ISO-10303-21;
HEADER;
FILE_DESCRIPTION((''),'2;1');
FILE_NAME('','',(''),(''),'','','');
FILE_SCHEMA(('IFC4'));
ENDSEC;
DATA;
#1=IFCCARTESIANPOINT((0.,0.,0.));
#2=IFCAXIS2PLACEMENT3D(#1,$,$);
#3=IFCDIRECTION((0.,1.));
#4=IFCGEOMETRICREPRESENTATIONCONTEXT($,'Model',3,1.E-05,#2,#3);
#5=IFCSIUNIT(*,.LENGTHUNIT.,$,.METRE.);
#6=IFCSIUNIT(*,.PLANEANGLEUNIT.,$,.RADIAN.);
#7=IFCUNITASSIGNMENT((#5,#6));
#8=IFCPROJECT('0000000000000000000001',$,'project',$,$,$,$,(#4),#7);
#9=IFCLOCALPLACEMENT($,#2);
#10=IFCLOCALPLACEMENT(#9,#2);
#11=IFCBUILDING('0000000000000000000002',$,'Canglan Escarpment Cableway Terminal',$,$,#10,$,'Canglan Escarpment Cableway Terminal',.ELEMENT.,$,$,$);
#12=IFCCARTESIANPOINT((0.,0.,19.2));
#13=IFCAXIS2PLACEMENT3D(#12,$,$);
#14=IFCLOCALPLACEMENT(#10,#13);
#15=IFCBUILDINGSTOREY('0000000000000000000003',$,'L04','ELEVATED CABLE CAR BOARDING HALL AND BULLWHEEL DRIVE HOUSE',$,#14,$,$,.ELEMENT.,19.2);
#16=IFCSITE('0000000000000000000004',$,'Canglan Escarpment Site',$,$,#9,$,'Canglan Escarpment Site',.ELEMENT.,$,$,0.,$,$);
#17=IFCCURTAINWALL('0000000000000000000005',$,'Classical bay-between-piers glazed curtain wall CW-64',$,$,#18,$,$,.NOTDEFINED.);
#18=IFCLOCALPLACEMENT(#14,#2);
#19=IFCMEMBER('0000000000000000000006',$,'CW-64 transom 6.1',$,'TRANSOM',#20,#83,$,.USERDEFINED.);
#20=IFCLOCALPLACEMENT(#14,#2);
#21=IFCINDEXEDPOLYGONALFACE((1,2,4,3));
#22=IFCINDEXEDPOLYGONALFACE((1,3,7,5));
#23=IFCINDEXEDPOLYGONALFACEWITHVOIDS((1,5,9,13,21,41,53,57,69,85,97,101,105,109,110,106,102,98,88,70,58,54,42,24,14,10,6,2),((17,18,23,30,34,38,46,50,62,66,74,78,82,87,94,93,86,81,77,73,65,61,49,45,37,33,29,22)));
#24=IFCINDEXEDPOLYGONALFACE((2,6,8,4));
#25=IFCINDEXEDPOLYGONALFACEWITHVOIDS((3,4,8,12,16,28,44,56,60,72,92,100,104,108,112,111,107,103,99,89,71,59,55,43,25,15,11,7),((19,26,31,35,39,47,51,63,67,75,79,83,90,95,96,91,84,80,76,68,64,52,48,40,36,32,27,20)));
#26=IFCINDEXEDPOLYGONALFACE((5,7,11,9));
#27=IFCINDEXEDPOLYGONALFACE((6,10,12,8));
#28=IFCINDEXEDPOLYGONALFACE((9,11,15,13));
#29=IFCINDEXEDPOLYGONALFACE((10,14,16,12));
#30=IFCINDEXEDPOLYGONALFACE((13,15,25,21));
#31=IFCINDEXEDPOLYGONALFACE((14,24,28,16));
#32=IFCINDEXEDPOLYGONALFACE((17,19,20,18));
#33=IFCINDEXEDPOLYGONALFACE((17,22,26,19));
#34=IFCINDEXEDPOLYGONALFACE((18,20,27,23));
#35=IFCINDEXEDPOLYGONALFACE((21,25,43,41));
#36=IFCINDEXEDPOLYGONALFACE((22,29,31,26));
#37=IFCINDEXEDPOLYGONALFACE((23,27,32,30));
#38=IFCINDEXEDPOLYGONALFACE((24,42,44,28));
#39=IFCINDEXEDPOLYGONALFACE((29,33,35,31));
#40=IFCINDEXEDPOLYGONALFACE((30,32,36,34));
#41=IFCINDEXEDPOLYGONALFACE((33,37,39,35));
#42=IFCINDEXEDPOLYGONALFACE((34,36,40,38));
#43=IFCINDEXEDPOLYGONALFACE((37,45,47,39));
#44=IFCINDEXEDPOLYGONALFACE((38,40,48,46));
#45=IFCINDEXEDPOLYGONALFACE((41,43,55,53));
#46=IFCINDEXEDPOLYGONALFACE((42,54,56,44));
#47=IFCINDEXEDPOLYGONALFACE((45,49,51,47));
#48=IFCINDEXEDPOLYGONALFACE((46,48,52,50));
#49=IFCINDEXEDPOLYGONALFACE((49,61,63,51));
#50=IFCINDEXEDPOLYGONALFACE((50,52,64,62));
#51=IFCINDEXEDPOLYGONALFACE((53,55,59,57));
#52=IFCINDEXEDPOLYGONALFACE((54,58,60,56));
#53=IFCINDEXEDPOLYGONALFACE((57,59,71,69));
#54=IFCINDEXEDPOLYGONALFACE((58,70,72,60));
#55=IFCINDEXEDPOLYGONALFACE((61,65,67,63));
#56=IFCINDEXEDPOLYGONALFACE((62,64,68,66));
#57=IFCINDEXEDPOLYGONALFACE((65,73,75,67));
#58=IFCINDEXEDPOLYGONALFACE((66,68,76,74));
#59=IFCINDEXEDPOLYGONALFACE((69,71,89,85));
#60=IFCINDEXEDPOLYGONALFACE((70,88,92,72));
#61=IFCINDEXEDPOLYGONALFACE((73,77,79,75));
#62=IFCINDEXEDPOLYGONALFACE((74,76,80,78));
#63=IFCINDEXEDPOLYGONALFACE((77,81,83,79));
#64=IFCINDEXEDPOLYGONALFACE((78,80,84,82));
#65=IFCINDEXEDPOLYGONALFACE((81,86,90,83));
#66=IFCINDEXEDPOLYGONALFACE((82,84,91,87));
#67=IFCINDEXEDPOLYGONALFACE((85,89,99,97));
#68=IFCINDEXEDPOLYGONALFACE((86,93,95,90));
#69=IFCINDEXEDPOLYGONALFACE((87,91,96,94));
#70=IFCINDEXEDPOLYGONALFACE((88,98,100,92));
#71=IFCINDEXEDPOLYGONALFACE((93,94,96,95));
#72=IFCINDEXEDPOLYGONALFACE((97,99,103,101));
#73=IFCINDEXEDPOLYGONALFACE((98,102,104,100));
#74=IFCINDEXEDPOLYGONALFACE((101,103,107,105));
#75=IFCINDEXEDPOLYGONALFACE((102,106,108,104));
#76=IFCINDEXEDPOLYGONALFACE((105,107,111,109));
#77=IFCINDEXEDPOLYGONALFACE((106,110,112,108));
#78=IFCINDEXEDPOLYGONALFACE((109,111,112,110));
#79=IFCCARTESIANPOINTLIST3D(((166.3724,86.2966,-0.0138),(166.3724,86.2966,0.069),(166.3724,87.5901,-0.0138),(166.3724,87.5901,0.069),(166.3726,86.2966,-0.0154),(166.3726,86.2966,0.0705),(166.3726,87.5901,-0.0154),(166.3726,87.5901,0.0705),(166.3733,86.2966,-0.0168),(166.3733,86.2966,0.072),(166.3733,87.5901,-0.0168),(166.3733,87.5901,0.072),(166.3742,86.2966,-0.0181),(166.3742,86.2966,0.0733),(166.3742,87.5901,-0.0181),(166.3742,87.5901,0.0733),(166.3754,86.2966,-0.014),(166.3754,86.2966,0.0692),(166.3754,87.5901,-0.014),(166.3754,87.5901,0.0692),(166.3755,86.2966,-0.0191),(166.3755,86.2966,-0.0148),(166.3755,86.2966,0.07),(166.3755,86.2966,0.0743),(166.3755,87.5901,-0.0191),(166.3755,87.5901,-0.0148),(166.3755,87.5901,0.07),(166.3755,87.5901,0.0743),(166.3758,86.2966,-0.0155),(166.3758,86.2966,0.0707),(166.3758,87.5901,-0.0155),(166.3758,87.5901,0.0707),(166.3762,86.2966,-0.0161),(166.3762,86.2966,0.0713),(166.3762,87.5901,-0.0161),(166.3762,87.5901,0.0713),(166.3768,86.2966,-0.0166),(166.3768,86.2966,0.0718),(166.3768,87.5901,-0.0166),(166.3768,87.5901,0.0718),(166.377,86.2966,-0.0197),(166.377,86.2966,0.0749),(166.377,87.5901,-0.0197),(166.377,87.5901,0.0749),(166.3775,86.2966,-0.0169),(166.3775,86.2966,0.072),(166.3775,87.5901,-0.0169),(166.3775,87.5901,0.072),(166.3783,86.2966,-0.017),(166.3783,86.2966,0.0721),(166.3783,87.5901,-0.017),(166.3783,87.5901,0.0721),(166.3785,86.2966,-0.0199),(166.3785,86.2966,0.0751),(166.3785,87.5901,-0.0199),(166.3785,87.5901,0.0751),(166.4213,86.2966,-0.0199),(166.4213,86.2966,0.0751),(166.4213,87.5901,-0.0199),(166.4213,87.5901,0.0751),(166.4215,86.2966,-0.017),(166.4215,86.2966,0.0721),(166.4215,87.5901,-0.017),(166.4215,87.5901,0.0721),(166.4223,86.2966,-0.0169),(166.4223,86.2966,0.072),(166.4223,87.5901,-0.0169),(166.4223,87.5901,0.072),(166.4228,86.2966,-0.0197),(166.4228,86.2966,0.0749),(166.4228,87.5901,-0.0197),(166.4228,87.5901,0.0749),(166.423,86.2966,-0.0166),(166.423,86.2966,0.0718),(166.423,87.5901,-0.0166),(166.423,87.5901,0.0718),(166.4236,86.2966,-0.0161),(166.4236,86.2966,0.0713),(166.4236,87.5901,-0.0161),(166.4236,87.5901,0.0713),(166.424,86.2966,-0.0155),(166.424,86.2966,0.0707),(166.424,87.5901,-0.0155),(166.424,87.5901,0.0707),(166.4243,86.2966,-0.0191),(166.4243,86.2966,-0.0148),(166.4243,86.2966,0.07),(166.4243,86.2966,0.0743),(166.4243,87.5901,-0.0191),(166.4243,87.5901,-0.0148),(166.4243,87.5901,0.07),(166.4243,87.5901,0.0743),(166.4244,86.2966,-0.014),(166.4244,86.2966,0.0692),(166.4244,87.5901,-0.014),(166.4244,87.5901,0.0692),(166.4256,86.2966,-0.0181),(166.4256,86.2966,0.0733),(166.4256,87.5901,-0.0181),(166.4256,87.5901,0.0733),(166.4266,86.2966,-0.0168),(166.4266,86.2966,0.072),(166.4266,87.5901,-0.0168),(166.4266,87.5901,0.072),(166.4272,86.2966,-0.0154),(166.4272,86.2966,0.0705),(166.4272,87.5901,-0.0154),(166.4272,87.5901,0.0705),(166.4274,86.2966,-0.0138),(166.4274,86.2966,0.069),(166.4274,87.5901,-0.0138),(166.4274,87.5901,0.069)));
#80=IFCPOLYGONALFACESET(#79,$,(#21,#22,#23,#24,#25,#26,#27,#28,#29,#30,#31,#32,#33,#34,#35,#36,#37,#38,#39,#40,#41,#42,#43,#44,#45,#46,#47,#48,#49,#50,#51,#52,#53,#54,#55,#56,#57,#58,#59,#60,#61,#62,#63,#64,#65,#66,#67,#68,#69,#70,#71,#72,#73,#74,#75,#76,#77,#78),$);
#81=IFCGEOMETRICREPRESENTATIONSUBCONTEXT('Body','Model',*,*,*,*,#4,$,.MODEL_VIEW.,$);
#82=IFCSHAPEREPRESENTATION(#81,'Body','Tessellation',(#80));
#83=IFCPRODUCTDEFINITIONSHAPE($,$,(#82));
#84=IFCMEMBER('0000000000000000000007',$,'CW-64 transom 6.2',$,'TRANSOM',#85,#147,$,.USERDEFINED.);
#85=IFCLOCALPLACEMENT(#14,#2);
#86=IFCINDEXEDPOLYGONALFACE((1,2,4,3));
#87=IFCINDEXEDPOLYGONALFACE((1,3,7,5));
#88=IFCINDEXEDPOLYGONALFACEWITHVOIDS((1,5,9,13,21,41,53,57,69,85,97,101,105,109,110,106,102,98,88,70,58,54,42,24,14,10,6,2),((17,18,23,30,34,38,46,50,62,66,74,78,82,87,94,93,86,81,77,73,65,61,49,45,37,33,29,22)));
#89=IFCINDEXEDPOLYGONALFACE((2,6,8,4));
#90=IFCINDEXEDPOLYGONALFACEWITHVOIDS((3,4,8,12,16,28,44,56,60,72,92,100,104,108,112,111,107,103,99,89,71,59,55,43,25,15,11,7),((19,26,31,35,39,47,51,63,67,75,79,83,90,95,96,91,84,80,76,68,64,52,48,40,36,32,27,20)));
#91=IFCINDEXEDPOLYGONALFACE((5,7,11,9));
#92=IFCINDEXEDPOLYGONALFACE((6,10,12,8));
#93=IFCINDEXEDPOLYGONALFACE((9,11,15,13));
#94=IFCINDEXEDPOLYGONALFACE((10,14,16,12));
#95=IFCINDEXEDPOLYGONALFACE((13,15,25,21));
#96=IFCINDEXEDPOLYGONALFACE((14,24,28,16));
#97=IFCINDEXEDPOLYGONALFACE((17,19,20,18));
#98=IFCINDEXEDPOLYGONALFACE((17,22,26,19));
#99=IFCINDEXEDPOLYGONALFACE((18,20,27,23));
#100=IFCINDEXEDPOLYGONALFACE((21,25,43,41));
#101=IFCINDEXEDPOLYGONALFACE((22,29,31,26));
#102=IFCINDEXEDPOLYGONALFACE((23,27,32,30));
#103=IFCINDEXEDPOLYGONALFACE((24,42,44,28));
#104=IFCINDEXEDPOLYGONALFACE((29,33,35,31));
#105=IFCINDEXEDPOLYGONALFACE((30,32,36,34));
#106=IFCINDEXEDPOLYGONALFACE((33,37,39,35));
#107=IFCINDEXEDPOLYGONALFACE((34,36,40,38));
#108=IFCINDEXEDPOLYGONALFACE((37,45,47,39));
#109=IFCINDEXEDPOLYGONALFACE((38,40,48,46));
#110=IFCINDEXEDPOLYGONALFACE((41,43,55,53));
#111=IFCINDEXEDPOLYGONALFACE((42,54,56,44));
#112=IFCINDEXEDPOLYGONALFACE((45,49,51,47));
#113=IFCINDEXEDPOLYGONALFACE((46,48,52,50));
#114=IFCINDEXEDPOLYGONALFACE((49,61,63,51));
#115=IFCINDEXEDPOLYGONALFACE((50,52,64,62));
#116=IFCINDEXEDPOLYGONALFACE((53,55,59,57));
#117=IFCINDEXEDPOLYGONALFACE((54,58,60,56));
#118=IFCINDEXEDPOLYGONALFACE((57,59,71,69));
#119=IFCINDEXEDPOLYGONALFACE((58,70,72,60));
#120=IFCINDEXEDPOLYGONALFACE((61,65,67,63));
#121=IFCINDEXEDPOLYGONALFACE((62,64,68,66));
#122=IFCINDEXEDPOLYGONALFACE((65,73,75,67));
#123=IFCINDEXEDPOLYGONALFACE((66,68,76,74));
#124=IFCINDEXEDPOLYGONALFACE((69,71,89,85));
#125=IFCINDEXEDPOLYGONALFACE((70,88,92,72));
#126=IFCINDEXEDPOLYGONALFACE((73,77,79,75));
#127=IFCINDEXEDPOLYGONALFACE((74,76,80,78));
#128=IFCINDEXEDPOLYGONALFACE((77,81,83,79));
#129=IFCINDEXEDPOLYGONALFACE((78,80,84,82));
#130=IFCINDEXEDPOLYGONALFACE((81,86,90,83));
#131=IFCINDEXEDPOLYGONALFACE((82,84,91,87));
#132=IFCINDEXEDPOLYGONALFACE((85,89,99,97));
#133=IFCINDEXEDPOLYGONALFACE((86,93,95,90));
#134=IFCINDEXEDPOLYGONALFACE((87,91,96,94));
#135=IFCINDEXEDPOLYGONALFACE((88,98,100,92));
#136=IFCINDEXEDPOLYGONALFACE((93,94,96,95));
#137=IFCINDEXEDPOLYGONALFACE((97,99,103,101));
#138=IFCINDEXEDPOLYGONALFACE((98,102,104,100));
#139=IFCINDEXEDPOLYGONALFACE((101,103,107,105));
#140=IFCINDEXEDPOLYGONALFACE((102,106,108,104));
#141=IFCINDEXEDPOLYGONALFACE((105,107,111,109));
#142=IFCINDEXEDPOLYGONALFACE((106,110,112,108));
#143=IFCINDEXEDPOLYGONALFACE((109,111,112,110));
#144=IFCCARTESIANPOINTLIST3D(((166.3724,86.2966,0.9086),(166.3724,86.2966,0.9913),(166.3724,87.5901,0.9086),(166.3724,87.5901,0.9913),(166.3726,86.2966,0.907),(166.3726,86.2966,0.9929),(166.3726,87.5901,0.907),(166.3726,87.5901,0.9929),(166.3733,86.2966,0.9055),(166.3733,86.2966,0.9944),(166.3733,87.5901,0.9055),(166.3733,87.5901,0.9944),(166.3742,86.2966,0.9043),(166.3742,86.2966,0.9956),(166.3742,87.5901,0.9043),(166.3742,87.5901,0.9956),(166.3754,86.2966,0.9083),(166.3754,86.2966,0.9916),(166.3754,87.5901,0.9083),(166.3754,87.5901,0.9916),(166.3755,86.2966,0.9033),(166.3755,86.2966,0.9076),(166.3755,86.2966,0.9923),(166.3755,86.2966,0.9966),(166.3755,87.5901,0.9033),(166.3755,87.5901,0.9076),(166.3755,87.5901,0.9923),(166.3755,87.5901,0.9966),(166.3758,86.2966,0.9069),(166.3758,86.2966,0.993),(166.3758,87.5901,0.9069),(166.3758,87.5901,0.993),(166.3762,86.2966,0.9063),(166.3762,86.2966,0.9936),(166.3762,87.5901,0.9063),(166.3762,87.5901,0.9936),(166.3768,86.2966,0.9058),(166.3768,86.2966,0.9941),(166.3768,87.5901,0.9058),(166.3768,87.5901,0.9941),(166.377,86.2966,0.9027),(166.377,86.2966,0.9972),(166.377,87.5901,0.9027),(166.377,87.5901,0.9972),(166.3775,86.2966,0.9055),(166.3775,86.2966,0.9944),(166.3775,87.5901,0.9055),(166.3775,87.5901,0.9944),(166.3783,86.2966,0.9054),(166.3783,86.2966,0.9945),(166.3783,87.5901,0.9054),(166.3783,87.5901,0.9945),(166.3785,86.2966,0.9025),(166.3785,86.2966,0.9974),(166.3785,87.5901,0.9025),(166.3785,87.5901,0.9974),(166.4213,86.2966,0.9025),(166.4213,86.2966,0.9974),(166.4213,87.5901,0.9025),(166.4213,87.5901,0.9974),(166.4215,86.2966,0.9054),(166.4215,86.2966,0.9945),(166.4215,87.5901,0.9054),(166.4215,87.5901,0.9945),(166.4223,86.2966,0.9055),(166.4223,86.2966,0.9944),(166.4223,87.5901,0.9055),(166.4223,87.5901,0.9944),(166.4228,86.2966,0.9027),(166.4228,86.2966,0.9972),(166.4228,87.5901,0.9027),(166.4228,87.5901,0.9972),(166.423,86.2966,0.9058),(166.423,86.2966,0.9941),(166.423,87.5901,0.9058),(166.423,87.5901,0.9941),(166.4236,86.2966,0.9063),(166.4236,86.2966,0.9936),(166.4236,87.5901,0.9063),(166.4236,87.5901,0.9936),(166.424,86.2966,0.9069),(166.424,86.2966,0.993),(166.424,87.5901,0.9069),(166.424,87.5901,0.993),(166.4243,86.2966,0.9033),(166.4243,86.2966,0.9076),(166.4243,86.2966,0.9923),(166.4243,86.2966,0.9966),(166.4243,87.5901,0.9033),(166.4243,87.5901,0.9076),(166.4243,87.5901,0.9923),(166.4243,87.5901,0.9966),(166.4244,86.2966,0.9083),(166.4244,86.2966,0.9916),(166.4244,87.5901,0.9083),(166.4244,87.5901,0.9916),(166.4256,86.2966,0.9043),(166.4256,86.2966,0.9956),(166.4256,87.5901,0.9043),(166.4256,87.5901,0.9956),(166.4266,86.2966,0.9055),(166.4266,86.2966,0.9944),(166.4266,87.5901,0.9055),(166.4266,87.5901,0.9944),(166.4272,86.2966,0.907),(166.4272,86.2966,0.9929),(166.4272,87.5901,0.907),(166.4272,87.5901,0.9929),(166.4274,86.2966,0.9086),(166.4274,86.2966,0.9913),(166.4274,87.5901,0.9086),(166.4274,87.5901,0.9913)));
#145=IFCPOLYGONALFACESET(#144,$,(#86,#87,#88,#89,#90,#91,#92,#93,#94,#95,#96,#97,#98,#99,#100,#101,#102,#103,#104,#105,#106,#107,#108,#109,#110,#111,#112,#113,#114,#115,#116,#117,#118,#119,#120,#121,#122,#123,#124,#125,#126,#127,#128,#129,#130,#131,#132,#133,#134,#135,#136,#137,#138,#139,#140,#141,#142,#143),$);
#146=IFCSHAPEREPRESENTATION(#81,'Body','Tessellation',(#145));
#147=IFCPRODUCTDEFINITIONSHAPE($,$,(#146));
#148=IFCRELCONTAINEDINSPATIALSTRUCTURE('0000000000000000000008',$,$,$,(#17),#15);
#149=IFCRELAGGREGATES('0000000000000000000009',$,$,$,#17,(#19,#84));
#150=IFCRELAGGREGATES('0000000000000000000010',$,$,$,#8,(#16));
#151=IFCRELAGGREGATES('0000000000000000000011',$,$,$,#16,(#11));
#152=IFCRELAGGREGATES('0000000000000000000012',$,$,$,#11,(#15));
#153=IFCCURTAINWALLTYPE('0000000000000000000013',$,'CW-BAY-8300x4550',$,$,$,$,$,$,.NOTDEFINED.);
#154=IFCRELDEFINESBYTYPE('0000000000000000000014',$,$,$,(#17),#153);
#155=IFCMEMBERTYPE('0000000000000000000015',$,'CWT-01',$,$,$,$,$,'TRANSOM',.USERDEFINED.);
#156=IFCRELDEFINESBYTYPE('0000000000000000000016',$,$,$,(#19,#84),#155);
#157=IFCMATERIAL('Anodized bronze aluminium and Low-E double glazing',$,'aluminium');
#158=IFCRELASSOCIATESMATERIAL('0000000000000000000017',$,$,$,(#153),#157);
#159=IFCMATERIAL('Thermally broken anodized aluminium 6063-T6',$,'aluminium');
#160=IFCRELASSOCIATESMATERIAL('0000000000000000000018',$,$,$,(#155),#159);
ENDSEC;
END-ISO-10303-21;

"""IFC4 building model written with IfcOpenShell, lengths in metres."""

from ifc_helpers import new_model, si_unit, direction, frame, origin, origin_2d, place, context, subcontext, project, spatial, hollow_rectangle, extrude, material, material_profile, profile_set, type_object, element, aggregate, save


model = new_model("IFC4")

# Units and contexts
model_context = context("Model", 3, precision=1e-05, world=origin(), true_north=direction((0.0, 1.0)))
body_context = subcontext(model_context, "Body", "Model", "MODEL_VIEW")
ifc_project = project(units=[si_unit("LENGTHUNIT", "METRE"), si_unit("PLANEANGLEUNIT", "RADIAN")], contexts=[model_context])

# Site, building, storey
site_placement = place(None, origin())
site = spatial("IfcSite", under=ifc_project, at=site_placement, Name="Canglan Escarpment Site", LongName="Canglan Escarpment Site", CompositionType="ELEMENT", RefElevation=0.0)
building_placement = place(site_placement, origin())
building = spatial("IfcBuilding", under=site, at=building_placement, Name="Canglan Escarpment Cableway Terminal", LongName="Canglan Escarpment Cableway Terminal", CompositionType="ELEMENT")
storey_placement = place(building_placement, frame((0.0, 0.0, 19.2)))
storey = spatial("IfcBuildingStorey", under=building, at=storey_placement, Name="L04", Description="ELEVATED CABLE CAR BOARDING HALL AND BULLWHEEL DRIVE HOUSE", CompositionType="ELEMENT", Elevation=19.2)

# Curtain wall, members
ifc_material_1 = material(Name="Anodized bronze aluminium and Low-E double glazing", Category="aluminium")
curtain_wall_type = type_object("IfcCurtainWallType", Name="CW-BAY-8300x4550", PredefinedType="NOTDEFINED", material=ifc_material_1)
curtain_wall_placement = place(storey_placement, origin())
curtain_wall = element("IfcCurtainWall", 1, at=curtain_wall_placement, inside=storey, type_object=curtain_wall_type, Name="Classical bay-between-piers glazed curtain wall CW-64", PredefinedType="NOTDEFINED")
ifc_material_2 = material(Name="Thermally broken anodized aluminium 6063-T6", Category="aluminium")
ifc_material_profile_1 = material_profile(ifc_material_2, hollow_rectangle(XDim=0.0549, YDim=0.095, WallThickness=0.0029, InnerFilletRadius=0.0029, OuterFilletRadius=0.0061, at=origin_2d()), Name="ALU-TRAN 55x95x3")
ifc_profile_set_1 = profile_set([ifc_material_profile_1], Name="Thermally broken anodized aluminium 6063-T6")
member_type_1 = type_object("IfcMemberType", Name="CWT-01", ElementType="TRANSOM", PredefinedType="USERDEFINED", material=ifc_profile_set_1)
member_1_placement = place(storey_placement, frame((166.3999, 86.2966, 0.0276), z_axis=(0.0, 1.0, 0.0), x_axis=(-1.0, 0.0, 0.0)))
member_1 = element("IfcMember", 2, at=member_1_placement, type_object=member_type_1, Name="CW-64 transom 6.1", ObjectType="TRANSOM", PredefinedType="USERDEFINED", context=body_context, shape_type="SweptSolid", body=[
    extrude(hollow_rectangle(XDim=0.0549, YDim=0.095, WallThickness=0.0029, InnerFilletRadius=0.0029, OuterFilletRadius=0.0061, at=origin_2d()), origin(), (0.0, 0.0, 1.0), 1.2935),
])
member_2_placement = place(storey_placement, frame((166.3999, 86.2966, 0.95), z_axis=(0.0, 1.0, 0.0), x_axis=(-1.0, 0.0, 0.0)))
member_2 = element("IfcMember", 3, at=member_2_placement, type_object=member_type_1, Name="CW-64 transom 6.2", ObjectType="TRANSOM", PredefinedType="USERDEFINED", context=body_context, shape_type="SweptSolid", body=[
    extrude(hollow_rectangle(XDim=0.0549, YDim=0.095, WallThickness=0.0029, InnerFilletRadius=0.0029, OuterFilletRadius=0.0061, at=origin_2d()), origin(), (0.0, 0.0, 1.0), 1.2935),
])
aggregate(curtain_wall, [member_1, member_2])

save(model, "model.ifc")
